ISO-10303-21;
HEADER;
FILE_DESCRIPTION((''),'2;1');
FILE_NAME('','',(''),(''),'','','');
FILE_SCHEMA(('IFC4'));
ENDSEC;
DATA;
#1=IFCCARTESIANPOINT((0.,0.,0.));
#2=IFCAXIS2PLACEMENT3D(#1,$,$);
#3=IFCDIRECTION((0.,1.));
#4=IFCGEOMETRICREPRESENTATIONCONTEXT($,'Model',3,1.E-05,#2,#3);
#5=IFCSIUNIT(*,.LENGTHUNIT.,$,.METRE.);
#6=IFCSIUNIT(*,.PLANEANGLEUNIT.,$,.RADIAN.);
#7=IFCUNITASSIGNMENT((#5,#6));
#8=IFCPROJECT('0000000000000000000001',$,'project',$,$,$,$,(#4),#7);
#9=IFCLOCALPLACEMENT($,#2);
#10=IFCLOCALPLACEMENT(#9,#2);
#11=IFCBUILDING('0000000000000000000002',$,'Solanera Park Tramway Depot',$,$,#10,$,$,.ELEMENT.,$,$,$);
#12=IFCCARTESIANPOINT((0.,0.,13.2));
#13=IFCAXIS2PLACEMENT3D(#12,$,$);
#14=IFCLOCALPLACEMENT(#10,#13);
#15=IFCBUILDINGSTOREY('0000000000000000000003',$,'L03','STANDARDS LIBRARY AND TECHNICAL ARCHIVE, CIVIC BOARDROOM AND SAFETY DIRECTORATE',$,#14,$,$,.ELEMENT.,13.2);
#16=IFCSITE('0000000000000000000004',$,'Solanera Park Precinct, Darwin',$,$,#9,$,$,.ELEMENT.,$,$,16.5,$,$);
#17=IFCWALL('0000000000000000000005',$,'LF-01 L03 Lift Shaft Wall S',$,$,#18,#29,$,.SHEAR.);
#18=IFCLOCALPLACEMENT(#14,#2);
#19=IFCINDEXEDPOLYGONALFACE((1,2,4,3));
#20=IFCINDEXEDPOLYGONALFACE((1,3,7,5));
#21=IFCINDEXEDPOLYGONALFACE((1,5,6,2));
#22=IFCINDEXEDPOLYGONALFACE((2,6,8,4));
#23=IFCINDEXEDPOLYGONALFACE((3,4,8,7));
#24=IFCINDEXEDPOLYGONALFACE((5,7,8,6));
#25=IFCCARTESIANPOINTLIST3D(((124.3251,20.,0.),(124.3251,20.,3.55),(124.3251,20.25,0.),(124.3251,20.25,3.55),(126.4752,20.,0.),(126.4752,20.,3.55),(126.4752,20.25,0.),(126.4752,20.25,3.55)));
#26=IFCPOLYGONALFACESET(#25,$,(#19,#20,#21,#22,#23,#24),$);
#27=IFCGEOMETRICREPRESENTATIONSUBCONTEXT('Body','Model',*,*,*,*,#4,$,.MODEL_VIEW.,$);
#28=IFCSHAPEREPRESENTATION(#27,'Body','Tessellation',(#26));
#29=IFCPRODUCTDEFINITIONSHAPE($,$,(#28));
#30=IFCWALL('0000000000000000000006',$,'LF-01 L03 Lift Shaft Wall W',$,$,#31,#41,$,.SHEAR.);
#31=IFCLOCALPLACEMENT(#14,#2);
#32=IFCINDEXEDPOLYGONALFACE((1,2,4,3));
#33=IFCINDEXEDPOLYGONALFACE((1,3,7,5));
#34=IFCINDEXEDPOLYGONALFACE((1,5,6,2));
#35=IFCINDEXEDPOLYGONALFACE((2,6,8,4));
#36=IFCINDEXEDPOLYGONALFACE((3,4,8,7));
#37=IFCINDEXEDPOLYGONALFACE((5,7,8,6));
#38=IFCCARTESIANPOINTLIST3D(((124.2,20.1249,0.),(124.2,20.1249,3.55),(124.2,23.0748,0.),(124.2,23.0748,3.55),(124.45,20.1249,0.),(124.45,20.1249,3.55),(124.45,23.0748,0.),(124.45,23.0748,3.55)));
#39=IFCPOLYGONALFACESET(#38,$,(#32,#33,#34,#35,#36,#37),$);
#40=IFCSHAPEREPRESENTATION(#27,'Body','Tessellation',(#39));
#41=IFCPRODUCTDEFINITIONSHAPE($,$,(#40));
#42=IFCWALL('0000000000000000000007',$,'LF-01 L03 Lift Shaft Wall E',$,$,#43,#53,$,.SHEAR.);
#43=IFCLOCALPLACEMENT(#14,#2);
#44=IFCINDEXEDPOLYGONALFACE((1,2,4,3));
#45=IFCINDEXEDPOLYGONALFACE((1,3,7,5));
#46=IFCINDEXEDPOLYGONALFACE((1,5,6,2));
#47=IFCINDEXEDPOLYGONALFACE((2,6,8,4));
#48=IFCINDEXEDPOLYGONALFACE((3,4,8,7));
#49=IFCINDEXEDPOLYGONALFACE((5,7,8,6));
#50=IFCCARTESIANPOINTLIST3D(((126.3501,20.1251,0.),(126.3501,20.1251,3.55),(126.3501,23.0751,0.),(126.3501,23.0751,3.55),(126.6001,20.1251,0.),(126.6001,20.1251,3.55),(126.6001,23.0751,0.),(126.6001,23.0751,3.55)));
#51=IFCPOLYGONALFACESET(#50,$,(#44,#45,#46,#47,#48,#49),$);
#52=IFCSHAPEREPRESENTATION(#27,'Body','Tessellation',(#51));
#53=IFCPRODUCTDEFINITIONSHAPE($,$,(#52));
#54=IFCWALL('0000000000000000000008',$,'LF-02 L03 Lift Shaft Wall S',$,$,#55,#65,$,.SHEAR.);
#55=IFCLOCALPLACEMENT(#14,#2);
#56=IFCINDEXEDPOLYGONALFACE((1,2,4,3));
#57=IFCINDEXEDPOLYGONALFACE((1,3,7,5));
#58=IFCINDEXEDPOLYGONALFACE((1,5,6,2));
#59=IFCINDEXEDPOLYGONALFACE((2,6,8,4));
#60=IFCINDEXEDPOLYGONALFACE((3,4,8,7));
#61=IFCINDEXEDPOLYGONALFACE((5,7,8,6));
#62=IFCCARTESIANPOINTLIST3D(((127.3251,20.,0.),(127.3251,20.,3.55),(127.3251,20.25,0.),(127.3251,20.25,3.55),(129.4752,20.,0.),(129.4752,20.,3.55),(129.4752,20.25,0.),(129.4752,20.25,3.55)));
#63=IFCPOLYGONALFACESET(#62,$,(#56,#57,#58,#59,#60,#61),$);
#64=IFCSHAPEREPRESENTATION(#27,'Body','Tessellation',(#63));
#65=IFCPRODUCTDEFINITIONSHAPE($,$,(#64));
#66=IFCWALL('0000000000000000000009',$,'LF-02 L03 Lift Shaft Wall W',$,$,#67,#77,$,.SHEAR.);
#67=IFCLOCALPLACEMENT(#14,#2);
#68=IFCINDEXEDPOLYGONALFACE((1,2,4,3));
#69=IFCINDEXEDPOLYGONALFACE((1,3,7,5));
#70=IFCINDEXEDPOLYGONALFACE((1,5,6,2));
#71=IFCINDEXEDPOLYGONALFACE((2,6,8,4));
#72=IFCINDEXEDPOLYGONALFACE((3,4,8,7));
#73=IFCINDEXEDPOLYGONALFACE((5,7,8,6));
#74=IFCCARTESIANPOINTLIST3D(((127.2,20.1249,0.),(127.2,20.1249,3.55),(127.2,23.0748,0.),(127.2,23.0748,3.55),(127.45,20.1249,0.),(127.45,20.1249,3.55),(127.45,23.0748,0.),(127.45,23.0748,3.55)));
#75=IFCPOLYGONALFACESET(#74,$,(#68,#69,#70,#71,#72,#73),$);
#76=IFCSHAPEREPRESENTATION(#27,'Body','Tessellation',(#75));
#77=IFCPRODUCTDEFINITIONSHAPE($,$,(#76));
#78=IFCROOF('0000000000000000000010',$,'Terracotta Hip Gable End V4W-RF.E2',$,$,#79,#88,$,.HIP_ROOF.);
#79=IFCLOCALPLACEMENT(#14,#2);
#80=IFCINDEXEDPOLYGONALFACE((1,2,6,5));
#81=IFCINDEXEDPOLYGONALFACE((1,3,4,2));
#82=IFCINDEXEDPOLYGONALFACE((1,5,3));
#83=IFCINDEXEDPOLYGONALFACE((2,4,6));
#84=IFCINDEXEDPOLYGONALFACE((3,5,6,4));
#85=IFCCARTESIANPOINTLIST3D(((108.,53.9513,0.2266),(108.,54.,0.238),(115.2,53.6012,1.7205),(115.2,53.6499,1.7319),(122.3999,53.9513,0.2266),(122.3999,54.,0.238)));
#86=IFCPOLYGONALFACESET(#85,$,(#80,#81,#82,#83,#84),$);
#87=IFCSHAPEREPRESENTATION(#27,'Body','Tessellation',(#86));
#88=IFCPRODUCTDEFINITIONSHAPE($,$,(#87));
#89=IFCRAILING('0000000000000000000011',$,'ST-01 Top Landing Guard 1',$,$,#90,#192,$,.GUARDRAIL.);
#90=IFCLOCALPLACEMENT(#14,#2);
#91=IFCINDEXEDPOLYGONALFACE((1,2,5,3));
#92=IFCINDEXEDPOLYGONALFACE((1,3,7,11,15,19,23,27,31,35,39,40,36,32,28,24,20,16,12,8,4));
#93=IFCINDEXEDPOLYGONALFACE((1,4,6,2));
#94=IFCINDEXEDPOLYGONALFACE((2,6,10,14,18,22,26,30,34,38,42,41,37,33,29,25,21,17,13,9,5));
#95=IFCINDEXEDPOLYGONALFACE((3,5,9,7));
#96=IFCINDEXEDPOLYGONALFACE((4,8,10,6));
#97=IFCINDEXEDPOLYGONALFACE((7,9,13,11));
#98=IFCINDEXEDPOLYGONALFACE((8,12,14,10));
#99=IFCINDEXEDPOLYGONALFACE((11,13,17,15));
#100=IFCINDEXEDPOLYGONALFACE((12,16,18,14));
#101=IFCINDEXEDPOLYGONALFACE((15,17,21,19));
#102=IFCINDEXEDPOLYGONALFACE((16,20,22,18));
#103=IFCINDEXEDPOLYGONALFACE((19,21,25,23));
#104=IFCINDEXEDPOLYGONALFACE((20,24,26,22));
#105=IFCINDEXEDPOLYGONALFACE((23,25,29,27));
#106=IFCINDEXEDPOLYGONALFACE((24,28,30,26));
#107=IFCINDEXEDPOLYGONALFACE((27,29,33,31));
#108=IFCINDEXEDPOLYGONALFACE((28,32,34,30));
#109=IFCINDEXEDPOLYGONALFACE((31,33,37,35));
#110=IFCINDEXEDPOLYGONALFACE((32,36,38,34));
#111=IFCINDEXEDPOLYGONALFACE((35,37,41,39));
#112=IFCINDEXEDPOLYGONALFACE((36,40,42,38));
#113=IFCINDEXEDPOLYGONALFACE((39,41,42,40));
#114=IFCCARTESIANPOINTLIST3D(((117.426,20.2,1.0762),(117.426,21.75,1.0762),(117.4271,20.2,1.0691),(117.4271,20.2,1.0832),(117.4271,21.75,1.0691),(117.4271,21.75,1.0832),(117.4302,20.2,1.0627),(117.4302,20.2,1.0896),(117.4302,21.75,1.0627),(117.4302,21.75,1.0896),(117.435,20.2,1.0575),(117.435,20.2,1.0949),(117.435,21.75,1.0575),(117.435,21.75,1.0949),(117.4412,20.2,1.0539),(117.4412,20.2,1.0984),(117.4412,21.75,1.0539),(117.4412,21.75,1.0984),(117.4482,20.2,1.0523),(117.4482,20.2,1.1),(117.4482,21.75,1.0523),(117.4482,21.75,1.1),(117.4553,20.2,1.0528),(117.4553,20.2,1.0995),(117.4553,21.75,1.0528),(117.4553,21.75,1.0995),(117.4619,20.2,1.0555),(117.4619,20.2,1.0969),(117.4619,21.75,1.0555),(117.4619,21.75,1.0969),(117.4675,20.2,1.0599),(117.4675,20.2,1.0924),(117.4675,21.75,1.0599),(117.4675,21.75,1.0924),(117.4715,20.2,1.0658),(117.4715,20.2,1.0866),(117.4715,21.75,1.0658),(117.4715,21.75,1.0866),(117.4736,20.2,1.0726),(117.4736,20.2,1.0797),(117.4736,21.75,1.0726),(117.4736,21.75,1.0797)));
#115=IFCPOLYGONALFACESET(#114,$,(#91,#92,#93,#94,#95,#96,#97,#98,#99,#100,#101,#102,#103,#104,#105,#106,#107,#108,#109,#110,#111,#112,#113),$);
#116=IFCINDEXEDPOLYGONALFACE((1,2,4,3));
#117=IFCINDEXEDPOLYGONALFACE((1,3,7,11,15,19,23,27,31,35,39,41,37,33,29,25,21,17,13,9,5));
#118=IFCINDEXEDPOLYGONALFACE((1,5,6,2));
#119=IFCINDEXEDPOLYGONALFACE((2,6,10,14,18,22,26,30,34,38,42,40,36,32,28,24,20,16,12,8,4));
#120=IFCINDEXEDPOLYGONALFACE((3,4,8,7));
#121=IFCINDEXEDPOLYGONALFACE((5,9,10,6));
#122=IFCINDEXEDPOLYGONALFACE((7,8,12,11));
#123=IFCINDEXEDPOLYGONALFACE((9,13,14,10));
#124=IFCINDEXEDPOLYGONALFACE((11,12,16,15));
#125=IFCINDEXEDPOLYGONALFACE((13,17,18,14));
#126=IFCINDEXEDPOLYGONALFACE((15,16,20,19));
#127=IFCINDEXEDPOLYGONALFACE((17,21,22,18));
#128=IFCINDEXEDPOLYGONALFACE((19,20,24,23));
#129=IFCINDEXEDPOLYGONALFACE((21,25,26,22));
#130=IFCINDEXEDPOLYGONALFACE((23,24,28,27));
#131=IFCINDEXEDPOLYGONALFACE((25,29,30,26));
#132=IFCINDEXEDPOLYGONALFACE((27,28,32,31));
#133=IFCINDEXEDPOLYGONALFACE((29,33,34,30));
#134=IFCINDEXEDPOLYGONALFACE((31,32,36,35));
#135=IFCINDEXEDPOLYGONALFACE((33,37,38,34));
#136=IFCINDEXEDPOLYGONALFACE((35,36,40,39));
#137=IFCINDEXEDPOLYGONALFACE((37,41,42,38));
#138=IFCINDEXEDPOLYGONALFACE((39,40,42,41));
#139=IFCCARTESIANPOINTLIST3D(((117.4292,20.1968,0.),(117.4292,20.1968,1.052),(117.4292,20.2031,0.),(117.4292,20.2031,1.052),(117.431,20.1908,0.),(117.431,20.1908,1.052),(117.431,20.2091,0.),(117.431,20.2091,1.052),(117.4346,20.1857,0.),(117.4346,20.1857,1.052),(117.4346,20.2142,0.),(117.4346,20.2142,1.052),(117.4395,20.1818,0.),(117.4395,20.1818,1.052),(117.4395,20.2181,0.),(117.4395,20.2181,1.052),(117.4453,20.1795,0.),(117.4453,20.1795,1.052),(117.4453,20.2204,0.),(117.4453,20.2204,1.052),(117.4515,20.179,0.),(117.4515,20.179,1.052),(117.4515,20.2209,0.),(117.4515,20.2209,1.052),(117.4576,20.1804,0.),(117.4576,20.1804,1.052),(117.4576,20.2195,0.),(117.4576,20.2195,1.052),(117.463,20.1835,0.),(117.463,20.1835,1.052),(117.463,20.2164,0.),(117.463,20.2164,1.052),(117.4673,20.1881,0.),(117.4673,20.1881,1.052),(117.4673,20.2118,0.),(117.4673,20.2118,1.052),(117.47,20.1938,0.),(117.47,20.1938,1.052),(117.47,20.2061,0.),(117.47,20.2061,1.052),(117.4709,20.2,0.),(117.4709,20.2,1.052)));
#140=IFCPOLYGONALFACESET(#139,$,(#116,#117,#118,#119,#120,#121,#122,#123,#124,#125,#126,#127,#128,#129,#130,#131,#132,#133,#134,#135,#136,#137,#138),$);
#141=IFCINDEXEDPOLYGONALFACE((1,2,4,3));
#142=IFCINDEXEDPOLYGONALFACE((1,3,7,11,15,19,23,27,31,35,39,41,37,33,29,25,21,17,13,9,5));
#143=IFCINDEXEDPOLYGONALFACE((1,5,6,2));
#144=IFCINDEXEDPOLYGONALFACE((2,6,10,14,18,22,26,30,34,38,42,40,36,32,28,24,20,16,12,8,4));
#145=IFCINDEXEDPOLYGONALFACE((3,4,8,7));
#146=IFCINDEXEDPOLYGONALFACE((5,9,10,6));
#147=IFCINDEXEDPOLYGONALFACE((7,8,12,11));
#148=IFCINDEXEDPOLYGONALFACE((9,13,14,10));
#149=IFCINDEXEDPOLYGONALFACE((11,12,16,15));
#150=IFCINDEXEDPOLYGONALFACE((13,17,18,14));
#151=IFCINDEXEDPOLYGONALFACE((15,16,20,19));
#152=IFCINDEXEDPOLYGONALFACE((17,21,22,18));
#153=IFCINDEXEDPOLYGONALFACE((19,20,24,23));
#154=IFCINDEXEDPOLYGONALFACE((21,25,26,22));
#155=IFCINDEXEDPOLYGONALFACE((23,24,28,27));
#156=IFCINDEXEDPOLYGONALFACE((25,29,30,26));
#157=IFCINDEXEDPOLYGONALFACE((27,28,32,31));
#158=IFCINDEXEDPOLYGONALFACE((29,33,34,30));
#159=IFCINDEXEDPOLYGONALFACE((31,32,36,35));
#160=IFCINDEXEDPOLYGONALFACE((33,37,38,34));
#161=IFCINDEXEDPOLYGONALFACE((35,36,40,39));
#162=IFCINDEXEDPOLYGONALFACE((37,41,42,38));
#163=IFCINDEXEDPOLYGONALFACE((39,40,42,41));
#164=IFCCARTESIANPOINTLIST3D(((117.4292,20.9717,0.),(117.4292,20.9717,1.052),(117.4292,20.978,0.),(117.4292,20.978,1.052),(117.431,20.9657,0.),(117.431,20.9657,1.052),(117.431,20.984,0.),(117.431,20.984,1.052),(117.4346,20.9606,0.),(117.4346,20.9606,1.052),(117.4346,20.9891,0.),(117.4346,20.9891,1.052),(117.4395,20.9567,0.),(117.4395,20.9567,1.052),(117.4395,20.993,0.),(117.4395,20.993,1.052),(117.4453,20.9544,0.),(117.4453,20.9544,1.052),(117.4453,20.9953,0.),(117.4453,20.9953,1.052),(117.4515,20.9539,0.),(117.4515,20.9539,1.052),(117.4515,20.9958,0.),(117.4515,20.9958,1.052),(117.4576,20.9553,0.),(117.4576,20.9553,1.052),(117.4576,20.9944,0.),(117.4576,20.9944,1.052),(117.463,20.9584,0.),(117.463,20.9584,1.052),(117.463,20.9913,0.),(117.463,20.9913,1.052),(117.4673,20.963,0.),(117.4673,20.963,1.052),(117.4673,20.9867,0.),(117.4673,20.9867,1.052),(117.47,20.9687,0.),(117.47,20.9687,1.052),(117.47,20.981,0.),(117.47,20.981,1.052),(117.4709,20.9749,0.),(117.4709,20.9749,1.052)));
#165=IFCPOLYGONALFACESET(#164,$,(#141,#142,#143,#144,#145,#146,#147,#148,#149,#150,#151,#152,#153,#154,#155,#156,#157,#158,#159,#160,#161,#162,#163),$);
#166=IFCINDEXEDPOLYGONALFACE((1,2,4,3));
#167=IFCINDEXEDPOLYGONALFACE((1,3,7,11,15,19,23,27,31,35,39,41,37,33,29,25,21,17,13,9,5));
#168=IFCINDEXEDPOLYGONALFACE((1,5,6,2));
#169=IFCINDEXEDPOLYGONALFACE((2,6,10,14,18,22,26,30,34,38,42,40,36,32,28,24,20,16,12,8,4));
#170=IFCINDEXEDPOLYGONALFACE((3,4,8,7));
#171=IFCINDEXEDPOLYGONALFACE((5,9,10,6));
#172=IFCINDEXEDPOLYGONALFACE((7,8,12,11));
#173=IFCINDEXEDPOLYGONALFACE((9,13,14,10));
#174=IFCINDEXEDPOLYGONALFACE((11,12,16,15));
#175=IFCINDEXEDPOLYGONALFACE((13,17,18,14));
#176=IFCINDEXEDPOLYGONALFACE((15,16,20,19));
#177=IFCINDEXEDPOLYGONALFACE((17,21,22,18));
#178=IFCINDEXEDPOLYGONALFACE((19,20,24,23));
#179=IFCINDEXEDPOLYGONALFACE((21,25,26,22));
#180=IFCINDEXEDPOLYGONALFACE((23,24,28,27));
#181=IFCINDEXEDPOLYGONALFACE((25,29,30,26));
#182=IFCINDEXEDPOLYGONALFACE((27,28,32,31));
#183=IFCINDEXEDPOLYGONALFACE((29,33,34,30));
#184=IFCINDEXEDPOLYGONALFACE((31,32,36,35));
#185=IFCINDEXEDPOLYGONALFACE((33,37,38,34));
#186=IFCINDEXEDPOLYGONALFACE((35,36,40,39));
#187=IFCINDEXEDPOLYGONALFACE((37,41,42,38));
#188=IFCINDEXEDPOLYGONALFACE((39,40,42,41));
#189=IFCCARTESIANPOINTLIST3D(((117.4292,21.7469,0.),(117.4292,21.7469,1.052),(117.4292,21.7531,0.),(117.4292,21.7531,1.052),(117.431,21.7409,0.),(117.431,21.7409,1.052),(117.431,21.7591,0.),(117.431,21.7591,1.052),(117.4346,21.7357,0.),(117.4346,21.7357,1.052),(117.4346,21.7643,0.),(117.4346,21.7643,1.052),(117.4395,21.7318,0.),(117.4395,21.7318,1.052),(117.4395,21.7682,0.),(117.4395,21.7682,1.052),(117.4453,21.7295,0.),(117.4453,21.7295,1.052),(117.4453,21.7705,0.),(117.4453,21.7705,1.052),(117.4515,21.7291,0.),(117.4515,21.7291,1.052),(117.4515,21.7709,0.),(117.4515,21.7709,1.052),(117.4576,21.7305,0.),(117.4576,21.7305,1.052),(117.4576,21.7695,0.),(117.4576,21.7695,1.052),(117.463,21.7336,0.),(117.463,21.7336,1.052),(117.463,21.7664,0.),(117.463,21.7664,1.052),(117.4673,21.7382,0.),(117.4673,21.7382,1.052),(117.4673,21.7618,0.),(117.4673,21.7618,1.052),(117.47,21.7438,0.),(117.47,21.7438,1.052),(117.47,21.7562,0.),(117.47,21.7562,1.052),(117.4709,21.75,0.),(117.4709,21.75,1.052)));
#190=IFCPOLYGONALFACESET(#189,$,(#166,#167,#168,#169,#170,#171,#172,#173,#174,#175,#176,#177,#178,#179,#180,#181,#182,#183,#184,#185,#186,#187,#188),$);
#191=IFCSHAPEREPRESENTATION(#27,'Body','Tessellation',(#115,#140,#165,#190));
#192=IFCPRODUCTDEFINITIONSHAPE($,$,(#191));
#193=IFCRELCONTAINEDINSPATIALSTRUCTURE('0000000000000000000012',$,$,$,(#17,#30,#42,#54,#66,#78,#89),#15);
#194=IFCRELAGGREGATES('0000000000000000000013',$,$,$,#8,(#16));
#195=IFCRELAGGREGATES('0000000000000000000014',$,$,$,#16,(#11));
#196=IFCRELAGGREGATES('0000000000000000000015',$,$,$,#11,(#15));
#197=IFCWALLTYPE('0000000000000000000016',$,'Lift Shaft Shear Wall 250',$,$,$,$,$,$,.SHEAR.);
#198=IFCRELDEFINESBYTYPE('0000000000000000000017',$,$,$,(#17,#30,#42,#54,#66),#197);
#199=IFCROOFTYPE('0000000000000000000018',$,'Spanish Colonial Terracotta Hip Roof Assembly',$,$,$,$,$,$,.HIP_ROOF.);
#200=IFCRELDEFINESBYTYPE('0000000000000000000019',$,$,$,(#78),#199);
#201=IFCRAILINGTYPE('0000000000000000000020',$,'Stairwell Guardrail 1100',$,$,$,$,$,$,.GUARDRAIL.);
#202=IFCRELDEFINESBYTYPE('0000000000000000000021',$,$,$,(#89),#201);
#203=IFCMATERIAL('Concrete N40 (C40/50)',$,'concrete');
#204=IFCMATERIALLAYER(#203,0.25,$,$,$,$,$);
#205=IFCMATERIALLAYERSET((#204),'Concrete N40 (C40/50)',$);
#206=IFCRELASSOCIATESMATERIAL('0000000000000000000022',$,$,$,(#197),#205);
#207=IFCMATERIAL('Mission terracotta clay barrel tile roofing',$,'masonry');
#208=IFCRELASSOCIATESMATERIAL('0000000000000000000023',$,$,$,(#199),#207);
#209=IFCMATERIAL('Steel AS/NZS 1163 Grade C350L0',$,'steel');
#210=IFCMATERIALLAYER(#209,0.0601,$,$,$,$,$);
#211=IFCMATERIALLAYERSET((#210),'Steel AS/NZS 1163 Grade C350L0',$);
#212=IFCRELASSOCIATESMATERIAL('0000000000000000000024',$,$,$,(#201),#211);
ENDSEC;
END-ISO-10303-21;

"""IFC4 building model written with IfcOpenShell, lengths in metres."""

from ifc_helpers import new_model, si_unit, direction, frame, frame_2d, origin, origin_2d, place, context, subcontext, project, spatial, polyline, rectangle, circle, outline, extrude, material, layer, layer_set, type_object, element, save


model = new_model("IFC4")

# Units and contexts
model_context = context("Model", 3, precision=1e-05, world=origin(), true_north=direction((0.0, 1.0)))
body_context = subcontext(model_context, "Body", "Model", "MODEL_VIEW")
ifc_project = project(units=[si_unit("LENGTHUNIT", "METRE"), si_unit("PLANEANGLEUNIT", "RADIAN")], contexts=[model_context])

# Site, building, storey
site_placement = place(None, origin())
site = spatial("IfcSite", under=ifc_project, at=site_placement, Name="Solanera Park Precinct, Darwin", CompositionType="ELEMENT", RefElevation=16.5)
building_placement = place(site_placement, origin())
building = spatial("IfcBuilding", under=site, at=building_placement, Name="Solanera Park Tramway Depot", CompositionType="ELEMENT")
storey_placement = place(building_placement, frame((0.0, 0.0, 13.2)))
storey = spatial("IfcBuildingStorey", under=building, at=storey_placement, Name="L03", Description="STANDARDS LIBRARY AND TECHNICAL ARCHIVE, CIVIC BOARDROOM AND SAFETY DIRECTORATE", CompositionType="ELEMENT", Elevation=13.2)

# Wall
ifc_material_1 = material(Name="Concrete N40 (C40/50)", Category="concrete")
ifc_layer_1 = layer(ifc_material_1, 0.25)
ifc_layer_set_1 = layer_set([ifc_layer_1], Name="Concrete N40 (C40/50)")
wall_type_1 = type_object("IfcWallType", Name="Lift Shaft Shear Wall 250", PredefinedType="SHEAR", material=ifc_layer_set_1)
wall_1_placement = place(storey_placement, frame((124.325, 20.125, 0.0), z_axis=(0.0, 0.0, 1.0), x_axis=(1.0, 0.0, 0.0)))
element("IfcWall", 1, at=wall_1_placement, inside=storey, type_object=wall_type_1, Name="LF-01 L03 Lift Shaft Wall S", PredefinedType="SHEAR", context=body_context, shape_type="SweptSolid", body=[
    extrude(rectangle(XDim=2.1501, YDim=0.25, at=frame_2d((1.0752, 0.0))), origin(), (0.0, 0.0, 1.0), 3.55),
])

# Walls
for number, where, z_axis, x_axis, name in (
    (2, (124.325, 23.075, 0.0), (0.0, 0.0, 1.0), (0.0, -1.0, 0.0), "LF-01 L03 Lift Shaft Wall W"),
    (3, (126.4751, 20.125, 0.0), (0.0, 0.0, 1.0), (0.0, 1.0, 0.0), "LF-01 L03 Lift Shaft Wall E"),
):
    element("IfcWall", number, at=place(storey_placement, frame(where, z_axis=z_axis, x_axis=x_axis)), inside=storey, type_object=wall_type_1, Name=name, PredefinedType="SHEAR", context=body_context, shape_type="SweptSolid", body=[
        extrude(rectangle(XDim=2.95, YDim=0.25, at=frame_2d((1.4751, 0.0))), origin(), (0.0, 0.0, 1.0), 3.55),
    ])
wall_2_placement = place(storey_placement, frame((127.325, 20.125, 0.0), z_axis=(0.0, 0.0, 1.0), x_axis=(1.0, 0.0, 0.0)))
element("IfcWall", 4, at=wall_2_placement, inside=storey, type_object=wall_type_1, Name="LF-02 L03 Lift Shaft Wall S", PredefinedType="SHEAR", context=body_context, shape_type="SweptSolid", body=[
    extrude(rectangle(XDim=2.1501, YDim=0.25, at=frame_2d((1.0752, 0.0))), origin(), (0.0, 0.0, 1.0), 3.55),
])
wall_3_placement = place(storey_placement, frame((127.325, 23.075, 0.0), z_axis=(0.0, 0.0, 1.0), x_axis=(0.0, -1.0, 0.0)))
element("IfcWall", 5, at=wall_3_placement, inside=storey, type_object=wall_type_1, Name="LF-02 L03 Lift Shaft Wall W", PredefinedType="SHEAR", context=body_context, shape_type="SweptSolid", body=[
    extrude(rectangle(XDim=2.95, YDim=0.25, at=frame_2d((1.4751, 0.0))), origin(), (0.0, 0.0, 1.0), 3.55),
])

# Roof
ifc_material_2 = material(Name="Mission terracotta clay barrel tile roofing", Category="masonry")
roof_type = type_object("IfcRoofType", Name="Spanish Colonial Terracotta Hip Roof Assembly", PredefinedType="HIP_ROOF", material=ifc_material_2)
roof_placement = place(storey_placement, frame((122.3999, 54.0, 0.238), z_axis=(0.0, 0.973621, 0.22817), x_axis=(-1.0, 0.0, 0.0)))
element("IfcRoof", 6, at=roof_placement, inside=storey, type_object=roof_type, Name="Terracotta Hip Gable End V4W-RF.E2", PredefinedType="HIP_ROOF", context=body_context, shape_type="SweptSolid", body=[
    extrude(outline(polyline([(0.0, 0.0), (14.3999, 0.0), (7.2, 1.5344), (0.0, 0.0)])), origin(), (0.0, 0.0, -1.0), 0.05),
])

# Railing
ifc_material_3 = material(Name="Steel AS/NZS 1163 Grade C350L0", Category="steel")
ifc_layer_2 = layer(ifc_material_3, 0.0601)
ifc_layer_set_2 = layer_set([ifc_layer_2], Name="Steel AS/NZS 1163 Grade C350L0")
railing_type = type_object("IfcRailingType", Name="Stairwell Guardrail 1100", PredefinedType="GUARDRAIL", material=ifc_layer_set_2)
railing_placement = place(storey_placement, frame((117.45, 20.2, 0.0)))
element("IfcRailing", 7, at=railing_placement, inside=storey, type_object=railing_type, Name="ST-01 Top Landing Guard 1", PredefinedType="GUARDRAIL", context=body_context, shape_type="SweptSolid", body=[
    extrude(circle(Radius=0.0239, at=origin_2d()), frame((0.0, 0.0, 1.0762), z_axis=(0.0, 1.0, 0.0), x_axis=(-1.0, 0.0, 0.0)), (0.0, 0.0, 1.0), 1.55),
    extrude(circle(Radius=0.021, at=origin_2d()), origin(), (0.0, 0.0, 1.0), 1.052),
    extrude(circle(Radius=0.021, at=origin_2d()), frame((0.0, 0.7749, 0.0)), (0.0, 0.0, 1.0), 1.052),
    extrude(circle(Radius=0.021, at=origin_2d()), frame((0.0, 1.55, 0.0)), (0.0, 0.0, 1.0), 1.052),
])

save(model, "model.ifc")
